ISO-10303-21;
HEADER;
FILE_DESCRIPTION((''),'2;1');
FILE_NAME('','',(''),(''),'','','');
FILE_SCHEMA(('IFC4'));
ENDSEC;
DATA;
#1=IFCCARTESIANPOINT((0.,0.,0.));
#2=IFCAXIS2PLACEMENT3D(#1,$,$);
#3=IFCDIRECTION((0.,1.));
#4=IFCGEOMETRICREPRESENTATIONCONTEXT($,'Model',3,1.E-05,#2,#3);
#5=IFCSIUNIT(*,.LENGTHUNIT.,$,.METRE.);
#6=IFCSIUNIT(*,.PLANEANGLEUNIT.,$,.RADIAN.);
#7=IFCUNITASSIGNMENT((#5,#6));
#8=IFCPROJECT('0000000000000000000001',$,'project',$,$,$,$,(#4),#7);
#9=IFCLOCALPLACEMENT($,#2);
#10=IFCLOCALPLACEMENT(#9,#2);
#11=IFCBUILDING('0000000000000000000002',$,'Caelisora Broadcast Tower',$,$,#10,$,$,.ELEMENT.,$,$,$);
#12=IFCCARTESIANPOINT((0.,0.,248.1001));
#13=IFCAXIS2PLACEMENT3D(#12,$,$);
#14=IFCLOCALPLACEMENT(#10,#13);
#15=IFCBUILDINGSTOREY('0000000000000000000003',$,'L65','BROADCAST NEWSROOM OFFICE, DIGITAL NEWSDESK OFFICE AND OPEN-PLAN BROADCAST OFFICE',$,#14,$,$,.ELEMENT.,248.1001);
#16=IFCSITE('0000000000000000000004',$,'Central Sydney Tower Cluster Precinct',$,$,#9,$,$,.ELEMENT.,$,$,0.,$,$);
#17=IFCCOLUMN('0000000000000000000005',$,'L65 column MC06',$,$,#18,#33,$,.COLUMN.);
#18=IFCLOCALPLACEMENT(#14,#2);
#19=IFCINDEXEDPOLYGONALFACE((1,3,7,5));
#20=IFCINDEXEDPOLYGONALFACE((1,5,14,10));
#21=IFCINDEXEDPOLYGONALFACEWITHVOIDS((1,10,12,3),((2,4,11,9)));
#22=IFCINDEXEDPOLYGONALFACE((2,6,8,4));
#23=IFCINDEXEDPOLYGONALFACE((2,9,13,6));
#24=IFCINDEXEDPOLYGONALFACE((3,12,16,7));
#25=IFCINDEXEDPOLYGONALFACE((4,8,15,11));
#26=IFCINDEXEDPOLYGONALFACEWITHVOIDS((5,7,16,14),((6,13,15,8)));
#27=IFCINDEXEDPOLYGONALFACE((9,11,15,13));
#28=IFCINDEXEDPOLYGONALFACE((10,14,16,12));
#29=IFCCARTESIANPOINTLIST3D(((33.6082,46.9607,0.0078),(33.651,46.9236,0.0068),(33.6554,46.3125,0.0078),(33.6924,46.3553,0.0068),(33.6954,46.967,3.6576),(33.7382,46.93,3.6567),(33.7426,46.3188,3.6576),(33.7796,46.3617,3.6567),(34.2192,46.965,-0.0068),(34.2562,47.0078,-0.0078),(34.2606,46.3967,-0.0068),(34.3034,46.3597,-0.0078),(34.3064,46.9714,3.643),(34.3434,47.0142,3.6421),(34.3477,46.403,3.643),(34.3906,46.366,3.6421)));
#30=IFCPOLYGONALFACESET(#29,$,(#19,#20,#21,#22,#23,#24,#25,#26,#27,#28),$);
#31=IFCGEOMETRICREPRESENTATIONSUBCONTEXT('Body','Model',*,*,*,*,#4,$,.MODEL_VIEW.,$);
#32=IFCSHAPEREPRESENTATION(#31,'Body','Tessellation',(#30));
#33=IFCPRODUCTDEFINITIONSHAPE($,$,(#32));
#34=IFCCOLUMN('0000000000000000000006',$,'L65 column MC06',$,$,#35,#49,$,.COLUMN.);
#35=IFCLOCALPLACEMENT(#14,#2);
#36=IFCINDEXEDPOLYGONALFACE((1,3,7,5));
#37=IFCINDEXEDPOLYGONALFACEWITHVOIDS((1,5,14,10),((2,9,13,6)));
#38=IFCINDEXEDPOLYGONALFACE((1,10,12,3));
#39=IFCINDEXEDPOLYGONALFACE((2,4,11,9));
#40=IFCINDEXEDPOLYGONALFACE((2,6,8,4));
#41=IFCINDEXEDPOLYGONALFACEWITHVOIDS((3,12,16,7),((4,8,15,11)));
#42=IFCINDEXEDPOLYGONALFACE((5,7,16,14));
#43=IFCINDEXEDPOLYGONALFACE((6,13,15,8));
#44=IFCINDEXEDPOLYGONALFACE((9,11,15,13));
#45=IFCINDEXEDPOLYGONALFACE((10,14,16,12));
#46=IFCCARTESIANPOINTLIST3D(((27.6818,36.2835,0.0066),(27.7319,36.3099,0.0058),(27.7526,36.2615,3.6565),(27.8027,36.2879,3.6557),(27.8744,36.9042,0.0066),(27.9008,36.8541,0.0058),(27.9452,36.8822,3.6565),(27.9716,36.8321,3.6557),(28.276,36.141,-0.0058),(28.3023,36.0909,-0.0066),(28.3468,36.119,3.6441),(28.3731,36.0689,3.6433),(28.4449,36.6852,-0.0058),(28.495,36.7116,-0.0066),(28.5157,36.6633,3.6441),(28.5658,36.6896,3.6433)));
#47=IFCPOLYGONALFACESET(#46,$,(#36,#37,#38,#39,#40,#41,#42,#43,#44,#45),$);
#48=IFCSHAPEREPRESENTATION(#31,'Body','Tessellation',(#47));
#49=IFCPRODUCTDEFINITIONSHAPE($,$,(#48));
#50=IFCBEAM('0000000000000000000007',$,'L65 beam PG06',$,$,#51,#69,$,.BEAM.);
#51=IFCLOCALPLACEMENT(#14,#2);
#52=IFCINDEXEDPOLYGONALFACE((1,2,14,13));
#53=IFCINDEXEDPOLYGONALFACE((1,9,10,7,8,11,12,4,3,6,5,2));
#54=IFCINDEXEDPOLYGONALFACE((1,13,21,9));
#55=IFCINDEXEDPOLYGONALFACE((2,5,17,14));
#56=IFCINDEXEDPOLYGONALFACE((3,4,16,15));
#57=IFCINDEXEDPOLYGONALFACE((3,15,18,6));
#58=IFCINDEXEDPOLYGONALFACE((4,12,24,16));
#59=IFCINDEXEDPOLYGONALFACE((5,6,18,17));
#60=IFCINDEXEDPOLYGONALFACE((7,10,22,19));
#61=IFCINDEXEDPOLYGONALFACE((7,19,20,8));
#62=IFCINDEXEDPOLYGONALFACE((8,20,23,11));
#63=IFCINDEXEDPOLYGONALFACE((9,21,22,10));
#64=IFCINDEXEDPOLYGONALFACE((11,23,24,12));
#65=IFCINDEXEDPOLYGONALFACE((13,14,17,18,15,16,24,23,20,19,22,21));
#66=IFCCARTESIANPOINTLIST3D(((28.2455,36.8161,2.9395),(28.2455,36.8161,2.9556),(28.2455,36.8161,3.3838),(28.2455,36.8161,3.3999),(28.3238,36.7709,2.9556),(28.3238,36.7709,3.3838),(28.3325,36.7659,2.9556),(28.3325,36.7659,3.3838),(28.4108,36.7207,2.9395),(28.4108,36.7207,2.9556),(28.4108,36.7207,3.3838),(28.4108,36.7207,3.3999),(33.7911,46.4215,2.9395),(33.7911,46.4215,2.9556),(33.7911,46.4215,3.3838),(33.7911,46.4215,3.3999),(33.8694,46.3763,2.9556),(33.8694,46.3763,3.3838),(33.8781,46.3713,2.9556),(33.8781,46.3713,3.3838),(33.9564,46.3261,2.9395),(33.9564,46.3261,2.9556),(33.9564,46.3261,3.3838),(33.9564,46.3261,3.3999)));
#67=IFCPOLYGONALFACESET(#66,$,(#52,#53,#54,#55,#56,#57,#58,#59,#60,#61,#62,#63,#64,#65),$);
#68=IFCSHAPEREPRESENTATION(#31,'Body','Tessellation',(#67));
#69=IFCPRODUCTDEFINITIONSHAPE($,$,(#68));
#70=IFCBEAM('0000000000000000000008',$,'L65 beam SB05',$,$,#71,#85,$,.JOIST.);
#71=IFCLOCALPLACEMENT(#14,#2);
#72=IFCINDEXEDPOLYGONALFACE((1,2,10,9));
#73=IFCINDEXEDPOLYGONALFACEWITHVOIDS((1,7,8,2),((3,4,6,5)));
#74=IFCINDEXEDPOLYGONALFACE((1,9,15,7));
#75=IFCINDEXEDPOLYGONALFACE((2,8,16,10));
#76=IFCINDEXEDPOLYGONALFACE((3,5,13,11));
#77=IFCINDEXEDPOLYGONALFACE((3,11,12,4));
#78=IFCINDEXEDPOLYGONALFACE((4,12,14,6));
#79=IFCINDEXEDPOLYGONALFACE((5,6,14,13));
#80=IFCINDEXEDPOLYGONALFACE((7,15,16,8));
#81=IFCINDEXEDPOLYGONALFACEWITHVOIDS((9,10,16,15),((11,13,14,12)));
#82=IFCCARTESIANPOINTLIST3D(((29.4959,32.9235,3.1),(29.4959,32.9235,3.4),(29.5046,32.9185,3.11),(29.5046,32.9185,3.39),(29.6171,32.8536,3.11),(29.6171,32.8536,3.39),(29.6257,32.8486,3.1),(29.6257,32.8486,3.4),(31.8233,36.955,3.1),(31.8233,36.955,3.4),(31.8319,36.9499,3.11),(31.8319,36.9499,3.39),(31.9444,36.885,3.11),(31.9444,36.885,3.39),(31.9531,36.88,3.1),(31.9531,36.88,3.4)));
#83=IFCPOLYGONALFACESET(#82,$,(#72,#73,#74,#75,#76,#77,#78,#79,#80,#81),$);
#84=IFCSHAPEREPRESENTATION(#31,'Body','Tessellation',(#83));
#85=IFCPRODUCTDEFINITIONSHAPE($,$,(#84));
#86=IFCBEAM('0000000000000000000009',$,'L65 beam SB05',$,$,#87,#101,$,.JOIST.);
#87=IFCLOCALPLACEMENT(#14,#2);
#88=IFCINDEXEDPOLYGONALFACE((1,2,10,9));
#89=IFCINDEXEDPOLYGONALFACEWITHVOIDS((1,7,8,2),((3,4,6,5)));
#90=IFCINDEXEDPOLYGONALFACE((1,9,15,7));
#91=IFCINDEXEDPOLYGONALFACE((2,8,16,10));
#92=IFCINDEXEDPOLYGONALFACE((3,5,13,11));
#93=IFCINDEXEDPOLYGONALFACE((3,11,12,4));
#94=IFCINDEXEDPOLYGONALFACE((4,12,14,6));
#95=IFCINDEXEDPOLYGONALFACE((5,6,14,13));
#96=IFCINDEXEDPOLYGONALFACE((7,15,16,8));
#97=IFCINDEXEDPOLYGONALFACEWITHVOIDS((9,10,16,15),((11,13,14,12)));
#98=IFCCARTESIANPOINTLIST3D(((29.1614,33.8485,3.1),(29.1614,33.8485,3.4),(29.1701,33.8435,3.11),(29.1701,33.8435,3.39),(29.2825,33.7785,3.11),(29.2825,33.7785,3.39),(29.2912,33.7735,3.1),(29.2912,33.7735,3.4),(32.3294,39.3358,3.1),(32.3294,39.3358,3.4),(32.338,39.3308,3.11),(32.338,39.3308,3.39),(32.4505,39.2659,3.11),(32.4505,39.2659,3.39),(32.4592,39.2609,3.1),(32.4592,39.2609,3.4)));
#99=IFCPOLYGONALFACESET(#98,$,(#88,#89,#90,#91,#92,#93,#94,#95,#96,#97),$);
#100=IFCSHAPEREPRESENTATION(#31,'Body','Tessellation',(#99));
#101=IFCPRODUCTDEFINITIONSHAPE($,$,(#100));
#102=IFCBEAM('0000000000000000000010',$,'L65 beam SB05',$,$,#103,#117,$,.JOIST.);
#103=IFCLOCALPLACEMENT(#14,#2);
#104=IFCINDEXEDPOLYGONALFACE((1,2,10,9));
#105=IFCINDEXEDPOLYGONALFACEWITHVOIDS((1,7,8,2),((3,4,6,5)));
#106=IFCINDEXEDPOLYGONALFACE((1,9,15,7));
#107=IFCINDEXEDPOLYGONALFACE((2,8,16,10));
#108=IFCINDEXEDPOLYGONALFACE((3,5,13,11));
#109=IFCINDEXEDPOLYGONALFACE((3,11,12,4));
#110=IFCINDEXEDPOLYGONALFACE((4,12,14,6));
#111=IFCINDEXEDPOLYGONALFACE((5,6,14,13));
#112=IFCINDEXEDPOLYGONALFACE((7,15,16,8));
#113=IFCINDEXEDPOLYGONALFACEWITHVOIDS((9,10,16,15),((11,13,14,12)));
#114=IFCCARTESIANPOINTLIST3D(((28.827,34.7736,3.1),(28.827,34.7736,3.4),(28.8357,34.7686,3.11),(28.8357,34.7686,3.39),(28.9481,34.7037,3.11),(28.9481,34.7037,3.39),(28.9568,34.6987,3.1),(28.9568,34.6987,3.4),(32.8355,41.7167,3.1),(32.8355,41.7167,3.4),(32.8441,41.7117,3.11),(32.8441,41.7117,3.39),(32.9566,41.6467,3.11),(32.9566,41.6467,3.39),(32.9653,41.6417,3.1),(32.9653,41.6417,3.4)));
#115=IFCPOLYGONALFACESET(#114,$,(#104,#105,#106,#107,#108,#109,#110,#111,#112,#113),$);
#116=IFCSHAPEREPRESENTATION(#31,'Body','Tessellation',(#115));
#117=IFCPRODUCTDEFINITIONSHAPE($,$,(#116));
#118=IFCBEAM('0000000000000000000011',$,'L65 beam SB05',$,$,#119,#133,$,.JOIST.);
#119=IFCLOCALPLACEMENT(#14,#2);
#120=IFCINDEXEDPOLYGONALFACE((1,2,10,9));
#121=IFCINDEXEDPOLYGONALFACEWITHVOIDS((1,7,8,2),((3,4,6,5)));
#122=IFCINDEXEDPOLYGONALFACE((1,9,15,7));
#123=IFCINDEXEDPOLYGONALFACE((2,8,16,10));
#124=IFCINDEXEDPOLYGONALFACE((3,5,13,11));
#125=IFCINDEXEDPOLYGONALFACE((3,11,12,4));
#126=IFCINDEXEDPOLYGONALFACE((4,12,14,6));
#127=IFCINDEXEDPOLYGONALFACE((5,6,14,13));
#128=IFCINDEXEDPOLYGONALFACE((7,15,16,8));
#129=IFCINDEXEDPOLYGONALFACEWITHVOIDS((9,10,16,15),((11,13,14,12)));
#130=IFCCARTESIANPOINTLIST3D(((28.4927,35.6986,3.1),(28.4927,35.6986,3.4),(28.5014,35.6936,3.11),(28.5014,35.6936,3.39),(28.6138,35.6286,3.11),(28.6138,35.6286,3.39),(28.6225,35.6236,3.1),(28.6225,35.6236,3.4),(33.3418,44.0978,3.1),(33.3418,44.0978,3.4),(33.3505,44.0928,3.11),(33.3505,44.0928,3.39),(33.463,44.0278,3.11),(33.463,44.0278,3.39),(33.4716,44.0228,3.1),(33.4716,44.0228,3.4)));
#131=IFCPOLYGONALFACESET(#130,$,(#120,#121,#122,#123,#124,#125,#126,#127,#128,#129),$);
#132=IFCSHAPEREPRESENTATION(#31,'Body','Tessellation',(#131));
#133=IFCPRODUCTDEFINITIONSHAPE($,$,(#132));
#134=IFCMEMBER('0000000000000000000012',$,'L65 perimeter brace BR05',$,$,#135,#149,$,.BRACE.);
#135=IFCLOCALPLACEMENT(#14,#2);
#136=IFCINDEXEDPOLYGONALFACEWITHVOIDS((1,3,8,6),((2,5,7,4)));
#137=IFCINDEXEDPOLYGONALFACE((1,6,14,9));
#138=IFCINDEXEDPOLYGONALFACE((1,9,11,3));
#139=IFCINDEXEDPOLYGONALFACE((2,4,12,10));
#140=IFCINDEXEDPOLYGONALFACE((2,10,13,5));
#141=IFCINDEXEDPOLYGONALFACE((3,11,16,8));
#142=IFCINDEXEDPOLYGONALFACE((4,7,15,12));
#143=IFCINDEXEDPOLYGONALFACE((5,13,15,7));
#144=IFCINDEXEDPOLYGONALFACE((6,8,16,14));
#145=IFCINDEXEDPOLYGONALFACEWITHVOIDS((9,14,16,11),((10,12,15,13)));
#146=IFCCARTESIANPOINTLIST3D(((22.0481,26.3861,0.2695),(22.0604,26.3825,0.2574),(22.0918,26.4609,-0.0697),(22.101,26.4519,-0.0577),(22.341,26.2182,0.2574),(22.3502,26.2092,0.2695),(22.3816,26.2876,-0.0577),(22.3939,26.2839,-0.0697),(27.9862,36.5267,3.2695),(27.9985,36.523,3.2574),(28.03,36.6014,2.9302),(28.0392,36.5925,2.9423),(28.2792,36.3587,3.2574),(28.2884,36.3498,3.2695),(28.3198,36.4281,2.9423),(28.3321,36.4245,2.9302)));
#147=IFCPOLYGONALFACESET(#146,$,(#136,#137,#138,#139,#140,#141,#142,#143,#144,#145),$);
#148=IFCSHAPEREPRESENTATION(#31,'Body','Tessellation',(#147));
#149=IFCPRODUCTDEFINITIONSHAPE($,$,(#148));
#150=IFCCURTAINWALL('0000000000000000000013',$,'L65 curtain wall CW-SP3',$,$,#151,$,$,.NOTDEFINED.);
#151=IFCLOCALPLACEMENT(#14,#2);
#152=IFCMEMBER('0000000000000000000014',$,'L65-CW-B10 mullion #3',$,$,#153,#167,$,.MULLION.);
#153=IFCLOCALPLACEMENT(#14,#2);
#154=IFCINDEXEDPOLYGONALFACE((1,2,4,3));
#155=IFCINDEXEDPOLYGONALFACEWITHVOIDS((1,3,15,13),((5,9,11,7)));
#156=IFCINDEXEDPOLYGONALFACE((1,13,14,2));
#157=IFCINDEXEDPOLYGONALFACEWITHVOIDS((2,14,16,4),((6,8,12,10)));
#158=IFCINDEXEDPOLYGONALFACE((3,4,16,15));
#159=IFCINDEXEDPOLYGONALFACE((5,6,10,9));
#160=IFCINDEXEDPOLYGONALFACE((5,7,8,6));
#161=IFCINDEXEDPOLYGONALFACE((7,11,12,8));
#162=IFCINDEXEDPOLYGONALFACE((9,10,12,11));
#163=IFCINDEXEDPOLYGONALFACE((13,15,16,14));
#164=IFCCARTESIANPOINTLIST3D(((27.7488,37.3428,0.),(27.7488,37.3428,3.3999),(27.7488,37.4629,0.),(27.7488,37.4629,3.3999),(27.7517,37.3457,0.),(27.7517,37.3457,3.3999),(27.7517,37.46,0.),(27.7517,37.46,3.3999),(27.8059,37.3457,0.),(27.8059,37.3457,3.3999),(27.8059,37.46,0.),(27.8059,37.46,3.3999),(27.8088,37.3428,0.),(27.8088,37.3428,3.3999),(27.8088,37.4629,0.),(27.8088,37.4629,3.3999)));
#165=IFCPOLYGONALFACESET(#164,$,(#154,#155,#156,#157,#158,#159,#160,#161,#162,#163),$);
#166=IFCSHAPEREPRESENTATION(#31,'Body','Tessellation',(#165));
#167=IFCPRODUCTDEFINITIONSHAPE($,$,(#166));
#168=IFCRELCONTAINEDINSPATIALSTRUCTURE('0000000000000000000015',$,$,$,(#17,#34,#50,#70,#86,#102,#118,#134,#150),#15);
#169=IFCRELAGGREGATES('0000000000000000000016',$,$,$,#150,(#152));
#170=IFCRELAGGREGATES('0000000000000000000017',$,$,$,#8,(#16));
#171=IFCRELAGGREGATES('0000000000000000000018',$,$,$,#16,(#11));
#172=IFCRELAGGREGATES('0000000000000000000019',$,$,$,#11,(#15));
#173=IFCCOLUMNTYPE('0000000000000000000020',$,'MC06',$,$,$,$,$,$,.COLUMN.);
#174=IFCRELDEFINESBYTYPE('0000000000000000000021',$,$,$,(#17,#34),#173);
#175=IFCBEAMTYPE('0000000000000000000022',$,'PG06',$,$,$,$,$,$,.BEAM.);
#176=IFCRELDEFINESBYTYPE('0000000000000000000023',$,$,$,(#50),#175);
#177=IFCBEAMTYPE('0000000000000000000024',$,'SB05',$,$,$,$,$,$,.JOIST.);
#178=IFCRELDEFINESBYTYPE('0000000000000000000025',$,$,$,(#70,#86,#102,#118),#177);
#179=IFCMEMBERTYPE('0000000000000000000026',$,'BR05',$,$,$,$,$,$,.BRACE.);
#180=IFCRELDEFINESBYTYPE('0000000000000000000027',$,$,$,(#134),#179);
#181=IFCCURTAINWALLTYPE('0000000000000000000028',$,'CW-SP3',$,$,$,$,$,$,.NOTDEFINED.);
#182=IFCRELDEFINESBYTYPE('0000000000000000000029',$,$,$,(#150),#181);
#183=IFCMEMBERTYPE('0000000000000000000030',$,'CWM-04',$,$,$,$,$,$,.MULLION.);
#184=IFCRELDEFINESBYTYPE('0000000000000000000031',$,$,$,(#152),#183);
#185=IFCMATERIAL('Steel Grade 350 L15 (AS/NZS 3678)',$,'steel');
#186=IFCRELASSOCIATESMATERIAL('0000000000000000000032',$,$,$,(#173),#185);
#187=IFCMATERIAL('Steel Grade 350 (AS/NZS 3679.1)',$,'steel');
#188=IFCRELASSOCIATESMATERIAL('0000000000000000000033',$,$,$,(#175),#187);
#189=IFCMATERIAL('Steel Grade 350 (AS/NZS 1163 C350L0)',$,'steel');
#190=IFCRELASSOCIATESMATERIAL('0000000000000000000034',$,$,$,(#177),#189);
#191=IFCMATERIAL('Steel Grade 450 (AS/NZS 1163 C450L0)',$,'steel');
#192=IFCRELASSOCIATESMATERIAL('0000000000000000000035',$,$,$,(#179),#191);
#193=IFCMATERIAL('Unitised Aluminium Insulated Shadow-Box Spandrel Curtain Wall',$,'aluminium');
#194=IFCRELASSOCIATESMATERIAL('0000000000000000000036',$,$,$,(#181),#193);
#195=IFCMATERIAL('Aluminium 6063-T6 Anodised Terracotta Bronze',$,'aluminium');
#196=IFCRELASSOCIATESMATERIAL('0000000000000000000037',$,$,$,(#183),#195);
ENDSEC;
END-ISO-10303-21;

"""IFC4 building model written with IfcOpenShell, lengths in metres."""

from ifc_helpers import new_model, si_unit, direction, frame, origin, origin_2d, place, context, subcontext, project, spatial, hollow_rectangle, i_section, extrude, source, transform, mapped, material, material_profile, profile_set, type_object, type_shapes, element, aggregate, save


model = new_model("IFC4")

# Units and contexts
model_context = context("Model", 3, precision=1e-05, world=origin(), true_north=direction((0.0, 1.0)))
body_context = subcontext(model_context, "Body", "Model", "MODEL_VIEW")
ifc_project = project(units=[si_unit("LENGTHUNIT", "METRE"), si_unit("PLANEANGLEUNIT", "RADIAN")], contexts=[model_context])

# Site, building, storey
site_placement = place(None, origin())
site = spatial("IfcSite", under=ifc_project, at=site_placement, Name="Central Sydney Tower Cluster Precinct", CompositionType="ELEMENT", RefElevation=0.0)
building_placement = place(site_placement, origin())
building = spatial("IfcBuilding", under=site, at=building_placement, Name="Caelisora Broadcast Tower", CompositionType="ELEMENT")
storey_placement = place(building_placement, frame((0.0, 0.0, 248.1001)))
storey = spatial("IfcBuildingStorey", under=building, at=storey_placement, Name="L65", Description="BROADCAST NEWSROOM OFFICE, DIGITAL NEWSDESK OFFICE AND OPEN-PLAN BROADCAST OFFICE", CompositionType="ELEMENT", Elevation=248.1001)

# Columns
ifc_material_1 = material(Name="Steel Grade 350 L15 (AS/NZS 3678)", Category="steel")
ifc_material_profile_1 = material_profile(ifc_material_1, hollow_rectangle(XDim=0.6499, YDim=0.6499, WallThickness=0.04, at=origin_2d()), Name="Steel Grade 350 L15 (AS/NZS 3678)")
ifc_profile_set_1 = profile_set([ifc_material_profile_1], Name="Steel Grade 350 L15 (AS/NZS 3678)")
column_type = type_object("IfcColumnType", Name="MC06", PredefinedType="COLUMN", material=ifc_profile_set_1)
shared_shape_1 = source(origin(), body_context, "Body", "SweptSolid", [
    extrude(hollow_rectangle(XDim=0.6499, YDim=0.6499, WallThickness=0.04, at=origin_2d()), origin(), (0.0, 0.0, 1.0), 3.6509),
])
column_1_placement = place(storey_placement, frame((33.9558, 46.6602, 0.0), z_axis=(0.023873, 0.001739, 0.999713), x_axis=(-0.072637, 0.997358, 0.0)))
element("IfcColumn", 1, at=column_1_placement, inside=storey, type_object=column_type, Name="L65 column MC06", PredefinedType="COLUMN", context=body_context, shape_type="MappedRepresentation", body=[
    mapped(shared_shape_1, transform((0.0, 0.0, 0.0), scale=1.0)),
])
shared_shape_2 = source(origin(), body_context, "Body", "SweptSolid", [
    extrude(hollow_rectangle(XDim=0.6499, YDim=0.6499, WallThickness=0.04, at=origin_2d()), origin(), (0.0, 0.0, 1.0), 3.6506),
])
type_shapes(column_type, [shared_shape_1, shared_shape_2])
column_2_placement = place(storey_placement, frame((28.0884, 36.4976, 0.0), z_axis=(0.019394, -0.006019, 0.999794), x_axis=(0.296399, 0.955064, 0.0)))
element("IfcColumn", 2, at=column_2_placement, inside=storey, type_object=column_type, Name="L65 column MC06", PredefinedType="COLUMN", context=body_context, shape_type="MappedRepresentation", body=[
    mapped(shared_shape_2, transform((0.0, 0.0, 0.0), scale=1.0)),
])

# Beams
ifc_material_2 = material(Name="Steel Grade 350 (AS/NZS 3679.1)", Category="steel")
ifc_material_profile_2 = material_profile(ifc_material_2, i_section(OverallWidth=0.1909, OverallDepth=0.4604, WebThickness=0.01, FlangeThickness=0.0161, at=origin_2d()), Name="Steel Grade 350 (AS/NZS 3679.1)")
ifc_profile_set_2 = profile_set([ifc_material_profile_2], Name="Steel Grade 350 (AS/NZS 3679.1)")
beam_type_1 = type_object("IfcBeamType", Name="PG06", PredefinedType="BEAM", material=ifc_profile_set_2)
shared_shape_3 = source(origin(), body_context, "Body", "SweptSolid", [
    extrude(i_section(OverallWidth=0.1909, OverallDepth=0.4604, WebThickness=0.01, FlangeThickness=0.0161, at=origin_2d()), origin(), (0.0, 0.0, 1.0), 11.0913),
])
type_shapes(beam_type_1, [shared_shape_3])
beam_1_placement = place(storey_placement, frame((33.8738, 46.3738, 3.1697), z_axis=(-0.499996, -0.866028, 0.0), x_axis=(0.866028, -0.499996, 0.0)))
element("IfcBeam", 3, at=beam_1_placement, inside=storey, type_object=beam_type_1, Name="L65 beam PG06", PredefinedType="BEAM", context=body_context, shape_type="MappedRepresentation", body=[
    mapped(shared_shape_3, transform((0.0, 0.0, 0.0), scale=1.0)),
])
ifc_material_3 = material(Name="Steel Grade 350 (AS/NZS 1163 C350L0)", Category="steel")
ifc_material_profile_3 = material_profile(ifc_material_3, hollow_rectangle(XDim=0.1499, YDim=0.3, WallThickness=0.01, at=origin_2d()), Name="Steel Grade 350 (AS/NZS 1163 C350L0)")
ifc_profile_set_3 = profile_set([ifc_material_profile_3], Name="Steel Grade 350 (AS/NZS 1163 C350L0)")
beam_type_2 = type_object("IfcBeamType", Name="SB05", PredefinedType="JOIST", material=ifc_profile_set_3)
shared_shape_4 = source(origin(), body_context, "Body", "SweptSolid", [
    extrude(hollow_rectangle(XDim=0.1499, YDim=0.3, WallThickness=0.01, at=origin_2d()), origin(), (0.0, 0.0, 1.0), 4.655),
])
beam_2_placement = place(storey_placement, frame((31.8882, 36.9175, 3.25), z_axis=(-0.499969, -0.866043, 0.0), x_axis=(0.866043, -0.499969, 0.0)))
element("IfcBeam", 4, at=beam_2_placement, inside=storey, type_object=beam_type_2, Name="L65 beam SB05", PredefinedType="JOIST", context=body_context, shape_type="MappedRepresentation", body=[
    mapped(shared_shape_4, transform((0.0, 0.0, 0.0), scale=1.0)),
])
shared_shape_5 = source(origin(), body_context, "Body", "SweptSolid", [
    extrude(hollow_rectangle(XDim=0.1499, YDim=0.3, WallThickness=0.01, at=origin_2d()), origin(), (0.0, 0.0, 1.0), 6.3362),
])
beam_3_placement = place(storey_placement, frame((32.3943, 39.2983, 3.25), z_axis=(-0.499985, -0.866034, 0.0), x_axis=(0.866034, -0.499985, 0.0)))
element("IfcBeam", 5, at=beam_3_placement, inside=storey, type_object=beam_type_2, Name="L65 beam SB05", PredefinedType="JOIST", context=body_context, shape_type="MappedRepresentation", body=[
    mapped(shared_shape_5, transform((0.0, 0.0, 0.0), scale=1.0)),
])
shared_shape_6 = source(origin(), body_context, "Body", "SweptSolid", [
    extrude(hollow_rectangle(XDim=0.1499, YDim=0.3, WallThickness=0.01, at=origin_2d()), origin(), (0.0, 0.0, 1.0), 8.0171),
])
beam_4_placement = place(storey_placement, frame((32.9004, 41.6792, 3.25), z_axis=(-0.499994, -0.866029, 0.0), x_axis=(0.866029, -0.499994, 0.0)))
element("IfcBeam", 6, at=beam_4_placement, inside=storey, type_object=beam_type_2, Name="L65 beam SB05", PredefinedType="JOIST", context=body_context, shape_type="MappedRepresentation", body=[
    mapped(shared_shape_6, transform((0.0, 0.0, 0.0), scale=1.0)),
])
shared_shape_7 = source(origin(), body_context, "Body", "SweptSolid", [
    extrude(hollow_rectangle(XDim=0.1499, YDim=0.3, WallThickness=0.01, at=origin_2d()), origin(), (0.0, 0.0, 1.0), 9.6985),
])
type_shapes(beam_type_2, [shared_shape_4, shared_shape_5, shared_shape_6, shared_shape_7])
beam_5_placement = place(storey_placement, frame((33.4067, 44.0603, 3.25), z_axis=(-0.499989, -0.866032, 0.0), x_axis=(0.866032, -0.499989, 0.0)))
element("IfcBeam", 7, at=beam_5_placement, inside=storey, type_object=beam_type_2, Name="L65 beam SB05", PredefinedType="JOIST", context=body_context, shape_type="MappedRepresentation", body=[
    mapped(shared_shape_7, transform((0.0, 0.0, 0.0), scale=1.0)),
])

# Member
ifc_material_4 = material(Name="Steel Grade 450 (AS/NZS 1163 C450L0)", Category="steel")
ifc_material_profile_4 = material_profile(ifc_material_4, hollow_rectangle(XDim=0.3501, YDim=0.3501, WallThickness=0.0125, at=origin_2d()), Name="Steel Grade 450 (AS/NZS 1163 C450L0)")
ifc_profile_set_4 = profile_set([ifc_material_profile_4], Name="Steel Grade 450 (AS/NZS 1163 C450L0)")
member_type_1 = type_object("IfcMemberType", Name="BR05", PredefinedType="BRACE", material=ifc_profile_set_4)
shared_shape_8 = source(origin(), body_context, "Body", "SweptSolid", [
    extrude(hollow_rectangle(XDim=0.3501, YDim=0.3501, WallThickness=0.0125, at=origin_2d()), origin(), (0.0, 0.0, 1.0), 12.1282),
])
type_shapes(member_type_1, [shared_shape_8])
member_1_placement = place(storey_placement, frame((28.1592, 36.4756, 3.0999), z_axis=(-0.489619, -0.836115, -0.247356), x_axis=(0.862931, -0.505322, 0.0)))
element("IfcMember", 8, at=member_1_placement, inside=storey, type_object=member_type_1, Name="L65 perimeter brace BR05", PredefinedType="BRACE", context=body_context, shape_type="MappedRepresentation", body=[
    mapped(shared_shape_8, transform((0.0, 0.0, 0.0), scale=1.0)),
])

# Curtain wall, member
ifc_material_5 = material(Name="Unitised Aluminium Insulated Shadow-Box Spandrel Curtain Wall", Category="aluminium")
curtain_wall_type_1 = type_object("IfcCurtainWallType", Name="CW-SP3", PredefinedType="NOTDEFINED", material=ifc_material_5)
curtain_wall_1_placement = place(storey_placement, origin())
curtain_wall_1 = element("IfcCurtainWall", 9, at=curtain_wall_1_placement, inside=storey, type_object=curtain_wall_type_1, Name="L65 curtain wall CW-SP3", PredefinedType="NOTDEFINED")
ifc_material_6 = material(Name="Aluminium 6063-T6 Anodised Terracotta Bronze", Category="aluminium")
ifc_material_profile_5 = material_profile(ifc_material_6, hollow_rectangle(XDim=0.0601, YDim=0.1201, WallThickness=0.0029, at=origin_2d()), Name="Aluminium 6063-T6 Anodised Terracotta Bronze")
ifc_profile_set_5 = profile_set([ifc_material_profile_5], Name="Aluminium 6063-T6 Anodised Terracotta Bronze")
member_type_2 = type_object("IfcMemberType", Name="CWM-04", PredefinedType="MULLION", material=ifc_profile_set_5)
shared_shape_9 = source(origin(), body_context, "Body", "SweptSolid", [
    extrude(hollow_rectangle(XDim=0.0601, YDim=0.1201, WallThickness=0.0029, at=origin_2d()), origin(), (0.0, 0.0, 1.0), 3.3999),
])
type_shapes(member_type_2, [shared_shape_9])
member_2_placement = place(storey_placement, frame((27.7788, 37.4028, 0.0), z_axis=(0.0, 0.0, 1.0), x_axis=(1.0, 0.0, 0.0)))
member_2 = element("IfcMember", 10, at=member_2_placement, type_object=member_type_2, Name="L65-CW-B10 mullion #3", PredefinedType="MULLION", context=body_context, shape_type="MappedRepresentation", body=[
    mapped(shared_shape_9, transform((0.0, 0.0, 0.0), scale=1.0)),
])
aggregate(curtain_wall_1, [member_2])

save(model, "model.ifc")
